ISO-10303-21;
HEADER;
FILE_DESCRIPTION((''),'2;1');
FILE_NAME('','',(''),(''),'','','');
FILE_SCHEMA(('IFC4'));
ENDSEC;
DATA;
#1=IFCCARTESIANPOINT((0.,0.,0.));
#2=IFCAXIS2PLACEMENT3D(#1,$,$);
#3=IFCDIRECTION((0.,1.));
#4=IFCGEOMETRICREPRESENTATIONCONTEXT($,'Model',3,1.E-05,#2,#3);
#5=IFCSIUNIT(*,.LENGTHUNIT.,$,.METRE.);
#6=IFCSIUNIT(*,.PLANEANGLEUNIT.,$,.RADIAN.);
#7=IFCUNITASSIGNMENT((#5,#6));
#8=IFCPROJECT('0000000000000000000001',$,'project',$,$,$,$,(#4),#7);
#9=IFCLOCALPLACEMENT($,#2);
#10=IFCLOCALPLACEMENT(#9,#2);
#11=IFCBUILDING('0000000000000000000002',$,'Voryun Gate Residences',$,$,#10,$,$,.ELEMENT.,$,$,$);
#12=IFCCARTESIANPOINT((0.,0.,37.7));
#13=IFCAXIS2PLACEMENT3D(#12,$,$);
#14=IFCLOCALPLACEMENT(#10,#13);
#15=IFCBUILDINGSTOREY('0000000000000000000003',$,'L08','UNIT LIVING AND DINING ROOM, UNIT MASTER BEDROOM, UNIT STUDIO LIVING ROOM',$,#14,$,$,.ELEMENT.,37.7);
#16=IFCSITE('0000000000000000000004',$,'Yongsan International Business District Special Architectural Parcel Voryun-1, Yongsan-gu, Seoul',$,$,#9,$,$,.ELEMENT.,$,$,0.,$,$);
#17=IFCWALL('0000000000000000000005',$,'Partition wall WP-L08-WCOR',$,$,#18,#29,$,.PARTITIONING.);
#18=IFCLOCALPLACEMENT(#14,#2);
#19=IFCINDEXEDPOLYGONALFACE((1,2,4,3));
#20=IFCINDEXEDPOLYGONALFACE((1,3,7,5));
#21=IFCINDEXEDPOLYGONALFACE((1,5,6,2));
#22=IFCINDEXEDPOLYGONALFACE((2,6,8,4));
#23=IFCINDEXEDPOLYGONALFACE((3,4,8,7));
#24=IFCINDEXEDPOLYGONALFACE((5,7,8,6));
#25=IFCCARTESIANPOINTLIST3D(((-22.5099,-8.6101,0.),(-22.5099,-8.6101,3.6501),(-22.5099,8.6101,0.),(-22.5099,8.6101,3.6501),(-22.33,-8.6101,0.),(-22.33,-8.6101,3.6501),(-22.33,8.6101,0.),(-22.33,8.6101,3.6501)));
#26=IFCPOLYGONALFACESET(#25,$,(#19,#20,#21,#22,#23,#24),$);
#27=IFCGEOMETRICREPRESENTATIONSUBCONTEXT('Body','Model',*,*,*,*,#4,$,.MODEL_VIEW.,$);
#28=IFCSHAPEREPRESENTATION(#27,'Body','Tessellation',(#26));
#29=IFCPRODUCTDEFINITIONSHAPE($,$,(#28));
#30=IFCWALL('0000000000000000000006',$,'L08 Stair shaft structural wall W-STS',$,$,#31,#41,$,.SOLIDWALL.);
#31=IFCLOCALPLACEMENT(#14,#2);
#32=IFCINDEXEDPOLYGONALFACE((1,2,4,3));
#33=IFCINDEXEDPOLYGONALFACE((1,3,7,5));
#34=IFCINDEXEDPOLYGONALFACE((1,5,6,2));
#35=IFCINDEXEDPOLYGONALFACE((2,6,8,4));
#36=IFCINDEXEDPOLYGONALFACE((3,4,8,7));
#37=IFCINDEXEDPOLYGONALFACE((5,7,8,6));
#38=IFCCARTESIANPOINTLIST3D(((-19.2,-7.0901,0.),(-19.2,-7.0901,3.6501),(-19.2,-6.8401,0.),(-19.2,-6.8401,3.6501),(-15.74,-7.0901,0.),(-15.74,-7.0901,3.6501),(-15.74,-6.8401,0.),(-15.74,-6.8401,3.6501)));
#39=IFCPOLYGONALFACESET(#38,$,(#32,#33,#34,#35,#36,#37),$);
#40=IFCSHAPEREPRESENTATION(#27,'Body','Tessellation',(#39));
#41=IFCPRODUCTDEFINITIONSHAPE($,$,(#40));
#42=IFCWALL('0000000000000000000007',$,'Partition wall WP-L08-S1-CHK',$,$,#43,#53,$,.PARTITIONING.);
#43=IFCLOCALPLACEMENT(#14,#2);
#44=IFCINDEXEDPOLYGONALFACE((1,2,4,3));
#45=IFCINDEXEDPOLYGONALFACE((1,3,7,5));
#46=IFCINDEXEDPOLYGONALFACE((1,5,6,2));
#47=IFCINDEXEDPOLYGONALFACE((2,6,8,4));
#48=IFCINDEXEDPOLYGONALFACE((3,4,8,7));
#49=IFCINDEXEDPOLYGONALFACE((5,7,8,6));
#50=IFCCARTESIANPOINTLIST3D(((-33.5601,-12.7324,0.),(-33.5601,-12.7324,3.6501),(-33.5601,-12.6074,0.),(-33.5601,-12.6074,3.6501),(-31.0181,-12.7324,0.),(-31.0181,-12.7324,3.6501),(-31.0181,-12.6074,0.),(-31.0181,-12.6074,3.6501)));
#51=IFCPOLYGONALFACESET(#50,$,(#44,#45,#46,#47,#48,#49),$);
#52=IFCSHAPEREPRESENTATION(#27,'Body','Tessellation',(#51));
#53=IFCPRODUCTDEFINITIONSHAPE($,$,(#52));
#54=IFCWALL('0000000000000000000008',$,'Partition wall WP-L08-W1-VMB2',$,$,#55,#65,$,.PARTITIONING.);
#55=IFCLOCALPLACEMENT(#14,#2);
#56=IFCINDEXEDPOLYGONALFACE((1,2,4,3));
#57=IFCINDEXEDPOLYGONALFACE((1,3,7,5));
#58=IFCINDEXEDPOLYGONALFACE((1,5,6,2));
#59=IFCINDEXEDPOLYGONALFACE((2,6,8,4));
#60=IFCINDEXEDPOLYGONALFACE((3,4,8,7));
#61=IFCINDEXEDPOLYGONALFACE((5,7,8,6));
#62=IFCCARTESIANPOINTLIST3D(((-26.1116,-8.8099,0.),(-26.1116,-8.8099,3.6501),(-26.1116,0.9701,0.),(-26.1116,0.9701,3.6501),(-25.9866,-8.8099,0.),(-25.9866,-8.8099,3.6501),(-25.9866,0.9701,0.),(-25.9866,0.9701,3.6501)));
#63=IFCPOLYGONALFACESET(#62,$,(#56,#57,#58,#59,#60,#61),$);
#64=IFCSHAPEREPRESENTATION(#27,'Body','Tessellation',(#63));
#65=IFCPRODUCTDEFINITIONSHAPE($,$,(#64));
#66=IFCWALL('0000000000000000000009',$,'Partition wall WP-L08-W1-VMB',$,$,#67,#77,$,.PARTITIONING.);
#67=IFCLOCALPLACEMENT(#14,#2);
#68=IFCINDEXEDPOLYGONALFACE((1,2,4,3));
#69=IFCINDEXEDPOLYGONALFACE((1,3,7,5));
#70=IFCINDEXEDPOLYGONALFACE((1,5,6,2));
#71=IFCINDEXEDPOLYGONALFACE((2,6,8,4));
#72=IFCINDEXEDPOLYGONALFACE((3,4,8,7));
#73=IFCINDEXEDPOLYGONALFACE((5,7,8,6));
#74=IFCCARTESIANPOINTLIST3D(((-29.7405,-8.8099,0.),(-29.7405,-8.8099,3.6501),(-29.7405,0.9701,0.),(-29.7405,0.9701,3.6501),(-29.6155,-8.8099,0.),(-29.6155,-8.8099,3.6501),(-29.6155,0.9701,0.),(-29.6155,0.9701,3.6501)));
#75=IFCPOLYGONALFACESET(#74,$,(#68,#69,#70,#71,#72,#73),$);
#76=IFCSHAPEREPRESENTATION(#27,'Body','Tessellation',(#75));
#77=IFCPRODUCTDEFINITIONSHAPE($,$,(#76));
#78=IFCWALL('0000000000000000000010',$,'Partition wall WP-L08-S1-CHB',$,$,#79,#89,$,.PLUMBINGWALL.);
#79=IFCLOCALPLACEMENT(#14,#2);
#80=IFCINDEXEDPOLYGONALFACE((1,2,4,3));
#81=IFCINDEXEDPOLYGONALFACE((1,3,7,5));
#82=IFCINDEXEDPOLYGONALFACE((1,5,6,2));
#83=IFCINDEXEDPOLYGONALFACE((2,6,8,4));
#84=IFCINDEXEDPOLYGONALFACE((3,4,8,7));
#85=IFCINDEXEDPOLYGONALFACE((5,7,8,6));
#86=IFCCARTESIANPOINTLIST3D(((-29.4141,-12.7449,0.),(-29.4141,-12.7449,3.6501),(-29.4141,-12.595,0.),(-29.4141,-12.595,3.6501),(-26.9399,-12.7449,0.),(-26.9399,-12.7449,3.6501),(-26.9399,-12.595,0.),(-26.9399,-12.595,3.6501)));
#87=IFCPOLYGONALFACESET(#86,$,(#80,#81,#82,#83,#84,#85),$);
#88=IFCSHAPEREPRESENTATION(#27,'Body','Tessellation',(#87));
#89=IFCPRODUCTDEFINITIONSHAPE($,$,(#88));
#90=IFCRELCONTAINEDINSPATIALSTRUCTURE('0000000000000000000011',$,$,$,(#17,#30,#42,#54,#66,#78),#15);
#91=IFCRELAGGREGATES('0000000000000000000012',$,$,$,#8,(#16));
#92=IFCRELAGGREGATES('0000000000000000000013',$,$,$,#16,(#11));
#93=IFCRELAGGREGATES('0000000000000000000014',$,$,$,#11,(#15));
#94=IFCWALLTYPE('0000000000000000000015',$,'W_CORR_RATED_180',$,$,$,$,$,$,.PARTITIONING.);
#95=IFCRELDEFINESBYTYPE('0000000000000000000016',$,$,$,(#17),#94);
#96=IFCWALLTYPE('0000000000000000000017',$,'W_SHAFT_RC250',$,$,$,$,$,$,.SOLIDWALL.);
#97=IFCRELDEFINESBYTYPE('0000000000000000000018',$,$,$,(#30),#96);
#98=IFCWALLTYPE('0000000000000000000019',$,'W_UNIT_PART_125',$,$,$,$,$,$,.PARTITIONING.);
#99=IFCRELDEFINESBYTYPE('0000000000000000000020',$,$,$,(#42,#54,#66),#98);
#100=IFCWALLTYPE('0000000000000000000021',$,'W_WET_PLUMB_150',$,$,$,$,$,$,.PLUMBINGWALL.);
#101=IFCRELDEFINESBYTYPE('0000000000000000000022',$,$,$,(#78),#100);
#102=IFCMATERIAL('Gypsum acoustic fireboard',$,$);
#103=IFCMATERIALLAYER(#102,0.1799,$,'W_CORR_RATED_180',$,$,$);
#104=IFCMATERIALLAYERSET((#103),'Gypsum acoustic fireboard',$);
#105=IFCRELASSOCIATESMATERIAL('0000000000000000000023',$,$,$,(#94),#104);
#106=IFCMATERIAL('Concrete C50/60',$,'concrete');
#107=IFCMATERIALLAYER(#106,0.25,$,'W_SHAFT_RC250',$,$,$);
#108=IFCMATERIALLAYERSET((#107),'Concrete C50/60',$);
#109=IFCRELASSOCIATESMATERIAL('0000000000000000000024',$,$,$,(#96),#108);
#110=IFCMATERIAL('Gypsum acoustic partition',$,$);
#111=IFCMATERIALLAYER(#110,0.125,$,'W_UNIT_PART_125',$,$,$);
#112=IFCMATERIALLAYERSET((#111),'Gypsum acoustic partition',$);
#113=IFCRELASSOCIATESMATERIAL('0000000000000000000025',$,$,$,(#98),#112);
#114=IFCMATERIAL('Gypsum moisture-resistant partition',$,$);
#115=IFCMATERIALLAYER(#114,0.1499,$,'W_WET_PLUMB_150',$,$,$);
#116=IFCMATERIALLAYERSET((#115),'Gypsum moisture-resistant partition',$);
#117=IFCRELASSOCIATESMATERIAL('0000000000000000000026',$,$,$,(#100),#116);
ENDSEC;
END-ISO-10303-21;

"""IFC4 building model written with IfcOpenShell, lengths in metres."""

from ifc_helpers import new_model, si_unit, direction, frame, frame_2d, origin, place, context, subcontext, project, spatial, rectangle, extrude, material, layer, layer_set, type_object, element, save


model = new_model("IFC4")

# Units and contexts
model_context = context("Model", 3, precision=1e-05, world=origin(), true_north=direction((0.0, 1.0)))
body_context = subcontext(model_context, "Body", "Model", "MODEL_VIEW")
ifc_project = project(units=[si_unit("LENGTHUNIT", "METRE"), si_unit("PLANEANGLEUNIT", "RADIAN")], contexts=[model_context])

# Site, building, storey
site_placement = place(None, origin())
site = spatial("IfcSite", under=ifc_project, at=site_placement, Name="Yongsan International Business District Special Architectural Parcel Voryun-1, Yongsan-gu, Seoul", CompositionType="ELEMENT", RefElevation=0.0)
building_placement = place(site_placement, origin())
building = spatial("IfcBuilding", under=site, at=building_placement, Name="Voryun Gate Residences", CompositionType="ELEMENT")
storey_placement = place(building_placement, frame((0.0, 0.0, 37.7)))
storey = spatial("IfcBuildingStorey", under=building, at=storey_placement, Name="L08", Description="UNIT LIVING AND DINING ROOM, UNIT MASTER BEDROOM, UNIT STUDIO LIVING ROOM", CompositionType="ELEMENT", Elevation=37.7)

# Shared definitions
ifc_material_1 = material(Name="Gypsum acoustic fireboard")
ifc_layer_1 = layer(ifc_material_1, 0.1799, Name="W_CORR_RATED_180")
ifc_layer_set_1 = layer_set([ifc_layer_1], Name="Gypsum acoustic fireboard")
wall_type_1 = type_object("IfcWallType", Name="W_CORR_RATED_180", PredefinedType="PARTITIONING", material=ifc_layer_set_1)

# Walls
wall_1_placement = place(storey_placement, frame((-22.4199, -8.6101, 0.0), z_axis=(0.0, 0.0, 1.0), x_axis=(0.0, 1.0, 0.0)))
element("IfcWall", 1, at=wall_1_placement, inside=storey, type_object=wall_type_1, Name="Partition wall WP-L08-WCOR", PredefinedType="PARTITIONING", context=body_context, shape_type="SweptSolid", body=[
    extrude(rectangle(XDim=17.2202, YDim=0.1799, at=frame_2d((8.6101, 0.0))), origin(), (0.0, 0.0, 1.0), 3.6501),
])
ifc_material_2 = material(Name="Concrete C50/60", Category="concrete")
ifc_layer_2 = layer(ifc_material_2, 0.25, Name="W_SHAFT_RC250")
ifc_layer_set_2 = layer_set([ifc_layer_2], Name="Concrete C50/60")
wall_type_2 = type_object("IfcWallType", Name="W_SHAFT_RC250", PredefinedType="SOLIDWALL", material=ifc_layer_set_2)
wall_2_placement = place(storey_placement, frame((-19.2, -6.9651, 0.0), z_axis=(0.0, 0.0, 1.0), x_axis=(1.0, 0.0, 0.0)))
element("IfcWall", 2, at=wall_2_placement, inside=storey, type_object=wall_type_2, Name="L08 Stair shaft structural wall W-STS", PredefinedType="SOLIDWALL", context=body_context, shape_type="SweptSolid", body=[
    extrude(rectangle(XDim=3.46, YDim=0.25, at=frame_2d((1.73, 0.0))), origin(), (0.0, 0.0, 1.0), 3.6501),
])
ifc_material_3 = material(Name="Gypsum acoustic partition")
ifc_layer_3 = layer(ifc_material_3, 0.125, Name="W_UNIT_PART_125")
ifc_layer_set_3 = layer_set([ifc_layer_3], Name="Gypsum acoustic partition")
wall_type_3 = type_object("IfcWallType", Name="W_UNIT_PART_125", PredefinedType="PARTITIONING", material=ifc_layer_set_3)
wall_3_placement = place(storey_placement, frame((-33.5601, -12.6699, 0.0), z_axis=(0.0, 0.0, 1.0), x_axis=(1.0, 0.0, 0.0)))
element("IfcWall", 3, at=wall_3_placement, inside=storey, type_object=wall_type_3, Name="Partition wall WP-L08-S1-CHK", PredefinedType="PARTITIONING", context=body_context, shape_type="SweptSolid", body=[
    extrude(rectangle(XDim=2.542, YDim=0.125, at=frame_2d((1.271, 0.0))), origin(), (0.0, 0.0, 1.0), 3.6501),
])
for number, where, z_axis, x_axis, name in (
    (4, (-26.0491, -8.8101, 0.0), (0.0, 0.0, 1.0), (0.0, 1.0, 0.0), "Partition wall WP-L08-W1-VMB2"),
    (5, (-29.678, -8.8101, 0.0), (0.0, 0.0, 1.0), (0.0, 1.0, 0.0), "Partition wall WP-L08-W1-VMB"),
):
    element("IfcWall", number, at=place(storey_placement, frame(where, z_axis=z_axis, x_axis=x_axis)), inside=storey, type_object=wall_type_3, Name=name, PredefinedType="PARTITIONING", context=body_context, shape_type="SweptSolid", body=[
        extrude(rectangle(XDim=9.78, YDim=0.125, at=frame_2d((4.8901, 0.0))), origin(), (0.0, 0.0, 1.0), 3.6501),
    ])
ifc_material_4 = material(Name="Gypsum moisture-resistant partition")
ifc_layer_4 = layer(ifc_material_4, 0.1499, Name="W_WET_PLUMB_150")
ifc_layer_set_4 = layer_set([ifc_layer_4], Name="Gypsum moisture-resistant partition")
wall_type_4 = type_object("IfcWallType", Name="W_WET_PLUMB_150", PredefinedType="PLUMBINGWALL", material=ifc_layer_set_4)
wall_4_placement = place(storey_placement, frame((-29.4141, -12.6699, 0.0), z_axis=(0.0, 0.0, 1.0), x_axis=(1.0, 0.0, 0.0)))
element("IfcWall", 6, at=wall_4_placement, inside=storey, type_object=wall_type_4, Name="Partition wall WP-L08-S1-CHB", PredefinedType="PLUMBINGWALL", context=body_context, shape_type="SweptSolid", body=[
    extrude(rectangle(XDim=2.4741, YDim=0.1499, at=frame_2d((1.2371, 0.0))), origin(), (0.0, 0.0, 1.0), 3.6501),
])

save(model, "model.ifc")
